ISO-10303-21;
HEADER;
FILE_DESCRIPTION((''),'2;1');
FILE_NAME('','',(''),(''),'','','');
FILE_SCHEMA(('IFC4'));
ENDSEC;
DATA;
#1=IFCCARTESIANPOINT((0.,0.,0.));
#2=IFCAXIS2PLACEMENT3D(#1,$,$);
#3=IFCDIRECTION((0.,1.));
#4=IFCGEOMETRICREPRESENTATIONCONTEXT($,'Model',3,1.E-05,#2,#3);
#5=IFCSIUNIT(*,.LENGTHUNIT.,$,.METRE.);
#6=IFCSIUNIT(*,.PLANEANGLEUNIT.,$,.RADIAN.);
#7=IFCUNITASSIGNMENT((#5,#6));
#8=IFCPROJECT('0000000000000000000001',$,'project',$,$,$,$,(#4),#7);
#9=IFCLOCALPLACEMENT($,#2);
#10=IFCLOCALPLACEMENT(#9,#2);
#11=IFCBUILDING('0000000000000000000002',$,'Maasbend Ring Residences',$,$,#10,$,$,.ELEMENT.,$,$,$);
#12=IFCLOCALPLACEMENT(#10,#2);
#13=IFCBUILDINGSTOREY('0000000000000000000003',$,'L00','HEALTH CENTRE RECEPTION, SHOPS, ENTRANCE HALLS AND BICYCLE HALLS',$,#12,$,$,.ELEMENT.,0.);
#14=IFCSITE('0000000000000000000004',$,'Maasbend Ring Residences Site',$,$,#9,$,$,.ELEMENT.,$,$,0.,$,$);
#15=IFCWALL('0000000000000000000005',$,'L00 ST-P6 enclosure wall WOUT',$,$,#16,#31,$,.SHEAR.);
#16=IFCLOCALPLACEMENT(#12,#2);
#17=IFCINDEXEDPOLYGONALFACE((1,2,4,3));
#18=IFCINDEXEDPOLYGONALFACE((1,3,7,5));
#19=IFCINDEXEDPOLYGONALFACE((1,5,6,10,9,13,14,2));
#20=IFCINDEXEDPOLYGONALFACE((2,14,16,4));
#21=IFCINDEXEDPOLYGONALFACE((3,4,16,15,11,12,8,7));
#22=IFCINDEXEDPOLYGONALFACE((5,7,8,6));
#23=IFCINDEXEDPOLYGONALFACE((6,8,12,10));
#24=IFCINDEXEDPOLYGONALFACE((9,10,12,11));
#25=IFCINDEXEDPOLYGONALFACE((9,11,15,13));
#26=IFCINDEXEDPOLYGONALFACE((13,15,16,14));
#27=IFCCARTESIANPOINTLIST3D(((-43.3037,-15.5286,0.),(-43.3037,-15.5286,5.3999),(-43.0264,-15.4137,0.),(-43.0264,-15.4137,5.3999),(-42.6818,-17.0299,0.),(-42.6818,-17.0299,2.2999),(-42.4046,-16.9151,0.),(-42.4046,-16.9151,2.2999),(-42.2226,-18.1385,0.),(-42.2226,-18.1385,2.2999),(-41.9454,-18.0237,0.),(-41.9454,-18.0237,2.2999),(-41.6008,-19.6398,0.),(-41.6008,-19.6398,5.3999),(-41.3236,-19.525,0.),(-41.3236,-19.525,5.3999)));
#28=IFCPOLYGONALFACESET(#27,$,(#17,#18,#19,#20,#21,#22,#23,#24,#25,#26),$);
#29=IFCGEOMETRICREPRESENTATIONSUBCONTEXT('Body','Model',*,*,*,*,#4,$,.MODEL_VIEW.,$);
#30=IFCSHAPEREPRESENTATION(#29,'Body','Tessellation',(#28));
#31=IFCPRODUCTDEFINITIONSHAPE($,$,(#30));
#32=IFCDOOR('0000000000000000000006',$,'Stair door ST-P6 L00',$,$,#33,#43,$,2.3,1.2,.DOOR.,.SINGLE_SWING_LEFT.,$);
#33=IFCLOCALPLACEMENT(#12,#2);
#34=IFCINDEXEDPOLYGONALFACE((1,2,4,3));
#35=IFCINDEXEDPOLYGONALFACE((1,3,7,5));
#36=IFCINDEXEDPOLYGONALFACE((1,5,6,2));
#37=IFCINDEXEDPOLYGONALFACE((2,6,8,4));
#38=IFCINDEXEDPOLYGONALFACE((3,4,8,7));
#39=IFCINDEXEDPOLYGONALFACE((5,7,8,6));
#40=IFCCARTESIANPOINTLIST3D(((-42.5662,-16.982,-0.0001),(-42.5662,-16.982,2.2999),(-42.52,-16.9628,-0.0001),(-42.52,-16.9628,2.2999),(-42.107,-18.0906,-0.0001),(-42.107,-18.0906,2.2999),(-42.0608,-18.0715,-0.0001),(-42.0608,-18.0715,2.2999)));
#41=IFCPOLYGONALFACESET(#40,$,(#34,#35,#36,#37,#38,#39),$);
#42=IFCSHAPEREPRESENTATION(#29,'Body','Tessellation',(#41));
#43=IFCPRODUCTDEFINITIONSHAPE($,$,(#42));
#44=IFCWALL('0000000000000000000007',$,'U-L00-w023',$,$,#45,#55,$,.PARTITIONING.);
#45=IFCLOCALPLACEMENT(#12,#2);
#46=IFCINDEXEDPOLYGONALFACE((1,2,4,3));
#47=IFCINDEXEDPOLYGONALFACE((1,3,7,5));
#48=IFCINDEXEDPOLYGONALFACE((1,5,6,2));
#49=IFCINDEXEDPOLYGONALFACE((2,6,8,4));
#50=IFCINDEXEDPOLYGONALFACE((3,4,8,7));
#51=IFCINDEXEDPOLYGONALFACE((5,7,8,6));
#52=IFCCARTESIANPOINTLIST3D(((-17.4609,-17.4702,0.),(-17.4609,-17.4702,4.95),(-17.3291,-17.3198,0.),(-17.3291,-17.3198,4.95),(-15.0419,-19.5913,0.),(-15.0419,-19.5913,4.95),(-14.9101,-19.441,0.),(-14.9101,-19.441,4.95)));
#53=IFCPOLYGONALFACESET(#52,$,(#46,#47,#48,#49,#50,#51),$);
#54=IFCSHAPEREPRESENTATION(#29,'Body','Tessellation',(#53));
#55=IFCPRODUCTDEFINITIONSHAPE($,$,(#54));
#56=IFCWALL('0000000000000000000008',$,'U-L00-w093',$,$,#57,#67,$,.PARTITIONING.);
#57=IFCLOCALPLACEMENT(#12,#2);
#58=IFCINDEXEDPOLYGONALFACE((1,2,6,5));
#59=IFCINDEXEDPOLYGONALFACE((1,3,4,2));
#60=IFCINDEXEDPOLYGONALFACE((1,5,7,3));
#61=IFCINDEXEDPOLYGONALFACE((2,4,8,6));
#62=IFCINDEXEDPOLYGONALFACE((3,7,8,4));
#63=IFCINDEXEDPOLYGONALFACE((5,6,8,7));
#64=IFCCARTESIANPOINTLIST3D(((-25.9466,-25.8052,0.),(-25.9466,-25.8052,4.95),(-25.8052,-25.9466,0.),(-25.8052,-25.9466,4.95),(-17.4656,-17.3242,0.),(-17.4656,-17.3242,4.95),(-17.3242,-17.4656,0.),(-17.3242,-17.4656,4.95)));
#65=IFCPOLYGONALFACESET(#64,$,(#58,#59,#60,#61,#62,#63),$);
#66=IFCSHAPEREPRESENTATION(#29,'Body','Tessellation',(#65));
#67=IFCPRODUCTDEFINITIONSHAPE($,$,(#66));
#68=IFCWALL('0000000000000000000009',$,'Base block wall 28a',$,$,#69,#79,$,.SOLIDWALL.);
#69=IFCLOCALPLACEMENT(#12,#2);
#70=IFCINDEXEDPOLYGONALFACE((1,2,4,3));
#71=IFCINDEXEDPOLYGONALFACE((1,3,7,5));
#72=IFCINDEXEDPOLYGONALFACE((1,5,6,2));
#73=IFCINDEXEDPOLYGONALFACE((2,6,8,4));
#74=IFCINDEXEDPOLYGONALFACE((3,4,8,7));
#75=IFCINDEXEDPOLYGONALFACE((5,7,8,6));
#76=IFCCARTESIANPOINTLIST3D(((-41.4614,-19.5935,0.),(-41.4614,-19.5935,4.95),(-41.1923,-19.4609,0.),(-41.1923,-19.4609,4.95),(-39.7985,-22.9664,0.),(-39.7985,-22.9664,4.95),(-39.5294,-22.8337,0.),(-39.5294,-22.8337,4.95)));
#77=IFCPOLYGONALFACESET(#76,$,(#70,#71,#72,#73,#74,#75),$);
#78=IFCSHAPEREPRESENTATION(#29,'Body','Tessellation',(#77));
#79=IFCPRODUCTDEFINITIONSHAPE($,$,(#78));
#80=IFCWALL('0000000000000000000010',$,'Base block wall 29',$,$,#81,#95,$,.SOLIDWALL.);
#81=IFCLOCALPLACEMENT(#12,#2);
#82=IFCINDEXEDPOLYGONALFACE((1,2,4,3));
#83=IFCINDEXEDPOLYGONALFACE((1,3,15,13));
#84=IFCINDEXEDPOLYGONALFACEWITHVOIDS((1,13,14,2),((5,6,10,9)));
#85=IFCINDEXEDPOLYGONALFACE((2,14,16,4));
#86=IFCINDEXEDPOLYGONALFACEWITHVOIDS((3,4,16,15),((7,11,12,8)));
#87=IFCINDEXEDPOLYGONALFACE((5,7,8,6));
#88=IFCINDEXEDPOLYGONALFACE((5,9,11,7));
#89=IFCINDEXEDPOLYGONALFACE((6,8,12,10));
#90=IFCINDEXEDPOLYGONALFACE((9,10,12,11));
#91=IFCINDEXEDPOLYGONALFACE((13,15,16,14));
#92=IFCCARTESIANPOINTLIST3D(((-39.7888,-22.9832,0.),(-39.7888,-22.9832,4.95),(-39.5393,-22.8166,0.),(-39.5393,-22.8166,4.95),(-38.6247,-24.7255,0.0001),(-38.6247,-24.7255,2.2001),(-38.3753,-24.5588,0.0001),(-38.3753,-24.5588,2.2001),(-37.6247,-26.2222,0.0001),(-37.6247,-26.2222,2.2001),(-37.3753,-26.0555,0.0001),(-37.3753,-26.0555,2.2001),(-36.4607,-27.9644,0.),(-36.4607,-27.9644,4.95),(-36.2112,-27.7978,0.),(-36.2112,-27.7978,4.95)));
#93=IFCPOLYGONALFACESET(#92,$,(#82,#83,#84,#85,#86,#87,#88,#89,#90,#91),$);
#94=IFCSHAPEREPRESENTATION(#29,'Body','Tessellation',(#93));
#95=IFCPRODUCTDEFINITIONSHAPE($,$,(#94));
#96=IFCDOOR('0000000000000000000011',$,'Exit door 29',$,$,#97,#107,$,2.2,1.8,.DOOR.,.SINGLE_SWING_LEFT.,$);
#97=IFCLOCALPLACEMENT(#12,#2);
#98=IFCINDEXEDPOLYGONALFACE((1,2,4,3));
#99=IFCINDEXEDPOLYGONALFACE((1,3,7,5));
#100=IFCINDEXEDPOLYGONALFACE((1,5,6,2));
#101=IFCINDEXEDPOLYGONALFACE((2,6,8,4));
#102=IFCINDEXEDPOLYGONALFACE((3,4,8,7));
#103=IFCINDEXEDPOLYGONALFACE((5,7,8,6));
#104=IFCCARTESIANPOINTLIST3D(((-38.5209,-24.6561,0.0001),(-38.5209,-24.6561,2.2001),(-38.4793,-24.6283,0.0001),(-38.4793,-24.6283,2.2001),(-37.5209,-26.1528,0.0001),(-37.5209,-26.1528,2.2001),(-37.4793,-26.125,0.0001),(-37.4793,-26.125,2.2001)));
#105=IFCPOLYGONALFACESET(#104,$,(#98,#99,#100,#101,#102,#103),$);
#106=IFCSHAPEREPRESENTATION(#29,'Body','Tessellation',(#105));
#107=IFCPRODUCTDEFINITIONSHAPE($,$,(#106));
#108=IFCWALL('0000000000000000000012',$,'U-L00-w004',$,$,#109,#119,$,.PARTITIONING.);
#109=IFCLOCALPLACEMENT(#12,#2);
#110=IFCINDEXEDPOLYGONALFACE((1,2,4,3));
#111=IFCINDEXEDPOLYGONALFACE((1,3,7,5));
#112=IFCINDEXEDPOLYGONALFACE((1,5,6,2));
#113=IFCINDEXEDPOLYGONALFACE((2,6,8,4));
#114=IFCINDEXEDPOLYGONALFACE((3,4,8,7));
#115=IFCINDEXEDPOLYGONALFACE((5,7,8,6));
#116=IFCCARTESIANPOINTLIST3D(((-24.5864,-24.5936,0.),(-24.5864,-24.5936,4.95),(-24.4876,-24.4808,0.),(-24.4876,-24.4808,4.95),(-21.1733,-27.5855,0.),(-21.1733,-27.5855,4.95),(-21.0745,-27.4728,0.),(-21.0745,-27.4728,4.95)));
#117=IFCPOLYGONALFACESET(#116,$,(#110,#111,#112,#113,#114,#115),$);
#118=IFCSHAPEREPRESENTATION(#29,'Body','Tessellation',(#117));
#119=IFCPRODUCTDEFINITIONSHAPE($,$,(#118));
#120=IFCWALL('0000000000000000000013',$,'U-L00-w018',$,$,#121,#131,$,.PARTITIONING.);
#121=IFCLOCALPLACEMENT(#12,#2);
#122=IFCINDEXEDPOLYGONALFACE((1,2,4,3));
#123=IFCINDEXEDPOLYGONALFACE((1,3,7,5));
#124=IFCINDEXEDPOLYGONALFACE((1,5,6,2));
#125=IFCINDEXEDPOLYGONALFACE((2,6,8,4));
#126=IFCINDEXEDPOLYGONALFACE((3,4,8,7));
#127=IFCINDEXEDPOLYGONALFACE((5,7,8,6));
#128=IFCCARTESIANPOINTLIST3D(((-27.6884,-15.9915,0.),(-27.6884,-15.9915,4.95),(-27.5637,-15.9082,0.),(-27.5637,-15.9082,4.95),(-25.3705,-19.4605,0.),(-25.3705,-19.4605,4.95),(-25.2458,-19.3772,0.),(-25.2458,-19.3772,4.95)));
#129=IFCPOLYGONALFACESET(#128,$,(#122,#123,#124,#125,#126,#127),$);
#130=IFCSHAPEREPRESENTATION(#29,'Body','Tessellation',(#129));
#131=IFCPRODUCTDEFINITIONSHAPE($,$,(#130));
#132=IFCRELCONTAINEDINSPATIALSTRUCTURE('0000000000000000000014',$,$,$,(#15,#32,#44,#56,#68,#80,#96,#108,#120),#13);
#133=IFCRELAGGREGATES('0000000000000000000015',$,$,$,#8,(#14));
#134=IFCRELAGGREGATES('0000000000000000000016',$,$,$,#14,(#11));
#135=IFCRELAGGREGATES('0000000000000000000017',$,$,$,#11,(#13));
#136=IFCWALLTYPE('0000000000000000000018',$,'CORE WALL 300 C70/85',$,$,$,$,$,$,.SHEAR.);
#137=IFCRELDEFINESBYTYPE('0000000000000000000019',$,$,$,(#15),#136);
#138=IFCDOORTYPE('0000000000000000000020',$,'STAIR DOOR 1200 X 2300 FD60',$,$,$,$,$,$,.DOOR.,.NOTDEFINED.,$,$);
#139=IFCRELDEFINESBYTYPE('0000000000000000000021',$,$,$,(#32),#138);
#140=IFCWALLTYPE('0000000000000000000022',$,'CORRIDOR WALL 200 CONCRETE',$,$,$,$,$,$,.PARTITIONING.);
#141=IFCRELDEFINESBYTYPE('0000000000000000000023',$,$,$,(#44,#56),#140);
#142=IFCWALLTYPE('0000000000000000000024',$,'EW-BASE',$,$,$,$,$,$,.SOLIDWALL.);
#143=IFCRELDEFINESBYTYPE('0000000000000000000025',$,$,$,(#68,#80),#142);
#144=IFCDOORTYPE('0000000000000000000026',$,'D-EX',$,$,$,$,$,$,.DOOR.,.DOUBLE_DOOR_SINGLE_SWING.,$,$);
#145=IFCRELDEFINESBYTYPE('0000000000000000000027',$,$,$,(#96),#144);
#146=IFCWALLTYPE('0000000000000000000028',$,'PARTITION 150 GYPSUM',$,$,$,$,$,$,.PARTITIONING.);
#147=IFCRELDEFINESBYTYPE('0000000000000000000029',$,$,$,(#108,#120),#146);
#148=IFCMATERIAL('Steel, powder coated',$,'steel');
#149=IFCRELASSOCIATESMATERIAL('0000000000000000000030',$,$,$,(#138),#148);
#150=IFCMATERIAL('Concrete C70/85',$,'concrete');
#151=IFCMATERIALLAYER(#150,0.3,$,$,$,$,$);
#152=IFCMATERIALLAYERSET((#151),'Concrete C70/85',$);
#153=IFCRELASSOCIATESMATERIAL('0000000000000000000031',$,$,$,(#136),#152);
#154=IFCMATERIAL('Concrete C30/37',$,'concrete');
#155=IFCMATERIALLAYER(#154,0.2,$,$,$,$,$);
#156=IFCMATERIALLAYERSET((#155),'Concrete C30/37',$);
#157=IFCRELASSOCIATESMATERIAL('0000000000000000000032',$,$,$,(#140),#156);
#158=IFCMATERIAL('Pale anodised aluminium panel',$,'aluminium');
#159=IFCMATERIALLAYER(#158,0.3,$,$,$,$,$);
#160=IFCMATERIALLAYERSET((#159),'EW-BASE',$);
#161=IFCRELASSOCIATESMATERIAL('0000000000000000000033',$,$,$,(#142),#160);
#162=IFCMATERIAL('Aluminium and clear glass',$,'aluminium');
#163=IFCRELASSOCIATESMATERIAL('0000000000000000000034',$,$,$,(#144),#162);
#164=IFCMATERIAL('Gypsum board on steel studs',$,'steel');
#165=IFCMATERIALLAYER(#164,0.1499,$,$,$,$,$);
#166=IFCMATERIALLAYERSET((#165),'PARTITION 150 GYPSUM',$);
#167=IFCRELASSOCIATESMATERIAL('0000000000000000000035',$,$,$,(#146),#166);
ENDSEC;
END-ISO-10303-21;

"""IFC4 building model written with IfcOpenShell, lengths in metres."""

from ifc_helpers import new_model, si_unit, direction, frame, frame_2d, origin, place, context, subcontext, project, spatial, rectangle, extrude, material, layer, layer_set, type_object, element, fill, save


model = new_model("IFC4")

# Units and contexts
model_context = context("Model", 3, precision=1e-05, world=origin(), true_north=direction((0.0, 1.0)))
body_context = subcontext(model_context, "Body", "Model", "MODEL_VIEW")
ifc_project = project(units=[si_unit("LENGTHUNIT", "METRE"), si_unit("PLANEANGLEUNIT", "RADIAN")], contexts=[model_context])

# Site, building, storey
site_placement = place(None, origin())
site = spatial("IfcSite", under=ifc_project, at=site_placement, Name="Maasbend Ring Residences Site", CompositionType="ELEMENT", RefElevation=0.0)
building_placement = place(site_placement, origin())
building = spatial("IfcBuilding", under=site, at=building_placement, Name="Maasbend Ring Residences", CompositionType="ELEMENT")
storey_placement = place(building_placement, origin())
storey = spatial("IfcBuildingStorey", under=building, at=storey_placement, Name="L00", Description="HEALTH CENTRE RECEPTION, SHOPS, ENTRANCE HALLS AND BICYCLE HALLS", CompositionType="ELEMENT", Elevation=0.0)

# Wall, opening, door
ifc_material_1 = material(Name="Steel, powder coated", Category="steel")
door_type_1 = type_object("IfcDoorType", Name="STAIR DOOR 1200 X 2300 FD60", OperationType="NOTDEFINED", PredefinedType="DOOR", material=ifc_material_1)
ifc_material_2 = material(Name="Concrete C70/85", Category="concrete")
ifc_layer_1 = layer(ifc_material_2, 0.3)
ifc_layer_set_1 = layer_set([ifc_layer_1], Name="Concrete C70/85")
wall_type_1 = type_object("IfcWallType", Name="CORE WALL 300 C70/85", PredefinedType="SHEAR", material=ifc_layer_set_1)
wall_1_placement = place(storey_placement, frame((-41.4622, -19.5825, 0.0), z_axis=(0.0, 0.0, 1.0), x_axis=(-0.382667, 0.923886, 0.0)))
wall_1 = element("IfcWall", 1, at=wall_1_placement, inside=storey, type_object=wall_type_1, Name="L00 ST-P6 enclosure wall WOUT", PredefinedType="SHEAR", context=body_context, shape_type="SweptSolid", body=[
    extrude(rectangle(XDim=4.45, YDim=0.3, at=frame_2d((2.2251, 0.0))), origin(), (0.0, 0.0, 1.0), 5.3999),
])
opening_1_placement = place(wall_1_placement, frame((1.625, 0.0, 0.0)))
opening_1 = element("IfcOpeningElement", 2, at=opening_1_placement, cuts=wall_1, PredefinedType="OPENING", context=body_context, shape_type="SweptSolid", body=[
    extrude(rectangle(XDim=1.2, YDim=2.3, at=frame_2d((0.6001, 1.1499))), frame((0.0, 0.1602, 0.0), z_axis=(0.0, -1.0, 0.0), x_axis=(1.0, 0.0, 0.0)), (0.0, 0.0, 1.0), 0.3201),
])
door_1_placement = place(opening_1_placement, origin())
door_1 = element("IfcDoor", 3, at=door_1_placement, inside=storey, type_object=door_type_1, Name="Stair door ST-P6 L00", OperationType="SINGLE_SWING_LEFT", OverallHeight=2.3, OverallWidth=1.2, PredefinedType="DOOR", context=body_context, shape_type="SweptSolid", body=[
    extrude(rectangle(XDim=1.2, YDim=2.3, at=frame_2d((0.6001, 1.1499))), frame((0.0, 0.0249, 0.0), z_axis=(0.0, -1.0, 0.0), x_axis=(1.0, 0.0, 0.0)), (0.0, 0.0, 1.0), 0.05),
])
fill(opening_1, door_1)

# Walls
ifc_material_3 = material(Name="Concrete C30/37", Category="concrete")
ifc_layer_2 = layer(ifc_material_3, 0.2)
ifc_layer_set_2 = layer_set([ifc_layer_2], Name="Concrete C30/37")
wall_type_2 = type_object("IfcWallType", Name="CORRIDOR WALL 200 CONCRETE", PredefinedType="PARTITIONING", material=ifc_layer_set_2)
wall_2_placement = place(storey_placement, frame((-17.395, -17.395, 0.0), z_axis=(0.0, 0.0, 1.0), x_axis=(0.751881, -0.659299, 0.0)))
element("IfcWall", 4, at=wall_2_placement, inside=storey, type_object=wall_type_2, Name="U-L00-w023", PredefinedType="PARTITIONING", context=body_context, shape_type="SweptSolid", body=[
    extrude(rectangle(XDim=3.2173, YDim=0.2, at=frame_2d((1.6086, 0.0))), origin(), (0.0, 0.0, 1.0), 4.95),
])
wall_3_placement = place(storey_placement, frame((-25.876, -25.876, 0.0), z_axis=(0.0, 0.0, 1.0), x_axis=(0.707107, 0.707107, 0.0)))
element("IfcWall", 5, at=wall_3_placement, inside=storey, type_object=wall_type_2, Name="U-L00-w093", PredefinedType="PARTITIONING", context=body_context, shape_type="SweptSolid", body=[
    extrude(rectangle(XDim=11.9939, YDim=0.2, at=frame_2d((5.9971, 0.0))), origin(), (0.0, 0.0, 1.0), 4.95),
])
ifc_material_4 = material(Name="Pale anodised aluminium panel", Category="aluminium")
ifc_layer_3 = layer(ifc_material_4, 0.3)
ifc_layer_set_3 = layer_set([ifc_layer_3], Name="EW-BASE")
wall_type_3 = type_object("IfcWallType", Name="EW-BASE", PredefinedType="SOLIDWALL", material=ifc_layer_set_3)
wall_4_placement = place(storey_placement, frame((-41.3269, -19.5271, 0.0), z_axis=(0.0, 0.0, 1.0), x_axis=(0.442194, -0.896919, 0.0)))
element("IfcWall", 6, at=wall_4_placement, inside=storey, type_object=wall_type_3, Name="Base block wall 28a", PredefinedType="SOLIDWALL", context=body_context, shape_type="SweptSolid", body=[
    extrude(rectangle(XDim=3.7605, YDim=0.3, at=frame_2d((1.8804, 0.0))), origin(), (0.0, 0.0, 1.0), 4.95),
])

# Wall, opening, door
wall_5_placement = place(storey_placement, frame((-39.6641, -22.8999, 0.0), z_axis=(0.0, 0.0, 1.0), x_axis=(0.555546, -0.831486, 0.0)))
wall_5 = element("IfcWall", 7, at=wall_5_placement, inside=storey, type_object=wall_type_3, Name="Base block wall 29", PredefinedType="SOLIDWALL", context=body_context, shape_type="SweptSolid", body=[
    extrude(rectangle(XDim=5.9907, YDim=0.3, at=frame_2d((2.9954, 0.0))), origin(), (0.0, 0.0, 1.0), 4.95),
])
opening_2_placement = place(wall_5_placement, frame((2.0955, 0.0, 0.0)))
opening_2 = element("IfcOpeningElement", 8, at=opening_2_placement, cuts=wall_5, PredefinedType="OPENING", context=body_context, shape_type="SweptSolid", body=[
    extrude(rectangle(XDim=1.8, YDim=2.2, at=frame_2d((0.8999, 1.1001))), frame((0.0, 0.1602, 0.0), z_axis=(0.0, -1.0, 0.0), x_axis=(1.0, 0.0, 0.0)), (0.0, 0.0, 1.0), 0.3201),
])
ifc_material_5 = material(Name="Aluminium and clear glass", Category="aluminium")
door_type_2 = type_object("IfcDoorType", Name="D-EX", OperationType="DOUBLE_DOOR_SINGLE_SWING", PredefinedType="DOOR", material=ifc_material_5)
door_2_placement = place(opening_2_placement, origin())
door_2 = element("IfcDoor", 9, at=door_2_placement, inside=storey, type_object=door_type_2, Name="Exit door 29", OperationType="SINGLE_SWING_LEFT", OverallHeight=2.2, OverallWidth=1.8, PredefinedType="DOOR", context=body_context, shape_type="SweptSolid", body=[
    extrude(rectangle(XDim=1.8, YDim=2.2, at=frame_2d((0.8999, 1.1001))), frame((0.0, 0.0249, 0.0), z_axis=(0.0, -1.0, 0.0), x_axis=(1.0, 0.0, 0.0)), (0.0, 0.0, 1.0), 0.05),
])
fill(opening_2, door_2)

# Walls
ifc_material_6 = material(Name="Gypsum board on steel studs", Category="steel")
ifc_layer_4 = layer(ifc_material_6, 0.1499)
ifc_layer_set_4 = layer_set([ifc_layer_4], Name="PARTITION 150 GYPSUM")
wall_type_4 = type_object("IfcWallType", Name="PARTITION 150 GYPSUM", PredefinedType="PARTITIONING", material=ifc_layer_set_4)
wall_6_placement = place(storey_placement, frame((-24.5371, -24.5371, 0.0), z_axis=(0.0, 0.0, 1.0), x_axis=(0.751977, -0.65919, 0.0)))
element("IfcWall", 10, at=wall_6_placement, inside=storey, type_object=wall_type_4, Name="U-L00-w004", PredefinedType="PARTITIONING", context=body_context, shape_type="SweptSolid", body=[
    extrude(rectangle(XDim=4.5388, YDim=0.1499, at=frame_2d((2.2695, 0.0))), origin(), (0.0, 0.0, 1.0), 4.95),
])
wall_7_placement = place(storey_placement, frame((-27.626, -15.95, 0.0), z_axis=(0.0, 0.0, 1.0), x_axis=(0.555564, -0.831474, 0.0)))
element("IfcWall", 11, at=wall_7_placement, inside=storey, type_object=wall_type_4, Name="U-L00-w018", PredefinedType="PARTITIONING", context=body_context, shape_type="SweptSolid", body=[
    extrude(rectangle(XDim=4.1721, YDim=0.1499, at=frame_2d((2.0859, 0.0))), origin(), (0.0, 0.0, 1.0), 4.95),
])

save(model, "model.ifc")
